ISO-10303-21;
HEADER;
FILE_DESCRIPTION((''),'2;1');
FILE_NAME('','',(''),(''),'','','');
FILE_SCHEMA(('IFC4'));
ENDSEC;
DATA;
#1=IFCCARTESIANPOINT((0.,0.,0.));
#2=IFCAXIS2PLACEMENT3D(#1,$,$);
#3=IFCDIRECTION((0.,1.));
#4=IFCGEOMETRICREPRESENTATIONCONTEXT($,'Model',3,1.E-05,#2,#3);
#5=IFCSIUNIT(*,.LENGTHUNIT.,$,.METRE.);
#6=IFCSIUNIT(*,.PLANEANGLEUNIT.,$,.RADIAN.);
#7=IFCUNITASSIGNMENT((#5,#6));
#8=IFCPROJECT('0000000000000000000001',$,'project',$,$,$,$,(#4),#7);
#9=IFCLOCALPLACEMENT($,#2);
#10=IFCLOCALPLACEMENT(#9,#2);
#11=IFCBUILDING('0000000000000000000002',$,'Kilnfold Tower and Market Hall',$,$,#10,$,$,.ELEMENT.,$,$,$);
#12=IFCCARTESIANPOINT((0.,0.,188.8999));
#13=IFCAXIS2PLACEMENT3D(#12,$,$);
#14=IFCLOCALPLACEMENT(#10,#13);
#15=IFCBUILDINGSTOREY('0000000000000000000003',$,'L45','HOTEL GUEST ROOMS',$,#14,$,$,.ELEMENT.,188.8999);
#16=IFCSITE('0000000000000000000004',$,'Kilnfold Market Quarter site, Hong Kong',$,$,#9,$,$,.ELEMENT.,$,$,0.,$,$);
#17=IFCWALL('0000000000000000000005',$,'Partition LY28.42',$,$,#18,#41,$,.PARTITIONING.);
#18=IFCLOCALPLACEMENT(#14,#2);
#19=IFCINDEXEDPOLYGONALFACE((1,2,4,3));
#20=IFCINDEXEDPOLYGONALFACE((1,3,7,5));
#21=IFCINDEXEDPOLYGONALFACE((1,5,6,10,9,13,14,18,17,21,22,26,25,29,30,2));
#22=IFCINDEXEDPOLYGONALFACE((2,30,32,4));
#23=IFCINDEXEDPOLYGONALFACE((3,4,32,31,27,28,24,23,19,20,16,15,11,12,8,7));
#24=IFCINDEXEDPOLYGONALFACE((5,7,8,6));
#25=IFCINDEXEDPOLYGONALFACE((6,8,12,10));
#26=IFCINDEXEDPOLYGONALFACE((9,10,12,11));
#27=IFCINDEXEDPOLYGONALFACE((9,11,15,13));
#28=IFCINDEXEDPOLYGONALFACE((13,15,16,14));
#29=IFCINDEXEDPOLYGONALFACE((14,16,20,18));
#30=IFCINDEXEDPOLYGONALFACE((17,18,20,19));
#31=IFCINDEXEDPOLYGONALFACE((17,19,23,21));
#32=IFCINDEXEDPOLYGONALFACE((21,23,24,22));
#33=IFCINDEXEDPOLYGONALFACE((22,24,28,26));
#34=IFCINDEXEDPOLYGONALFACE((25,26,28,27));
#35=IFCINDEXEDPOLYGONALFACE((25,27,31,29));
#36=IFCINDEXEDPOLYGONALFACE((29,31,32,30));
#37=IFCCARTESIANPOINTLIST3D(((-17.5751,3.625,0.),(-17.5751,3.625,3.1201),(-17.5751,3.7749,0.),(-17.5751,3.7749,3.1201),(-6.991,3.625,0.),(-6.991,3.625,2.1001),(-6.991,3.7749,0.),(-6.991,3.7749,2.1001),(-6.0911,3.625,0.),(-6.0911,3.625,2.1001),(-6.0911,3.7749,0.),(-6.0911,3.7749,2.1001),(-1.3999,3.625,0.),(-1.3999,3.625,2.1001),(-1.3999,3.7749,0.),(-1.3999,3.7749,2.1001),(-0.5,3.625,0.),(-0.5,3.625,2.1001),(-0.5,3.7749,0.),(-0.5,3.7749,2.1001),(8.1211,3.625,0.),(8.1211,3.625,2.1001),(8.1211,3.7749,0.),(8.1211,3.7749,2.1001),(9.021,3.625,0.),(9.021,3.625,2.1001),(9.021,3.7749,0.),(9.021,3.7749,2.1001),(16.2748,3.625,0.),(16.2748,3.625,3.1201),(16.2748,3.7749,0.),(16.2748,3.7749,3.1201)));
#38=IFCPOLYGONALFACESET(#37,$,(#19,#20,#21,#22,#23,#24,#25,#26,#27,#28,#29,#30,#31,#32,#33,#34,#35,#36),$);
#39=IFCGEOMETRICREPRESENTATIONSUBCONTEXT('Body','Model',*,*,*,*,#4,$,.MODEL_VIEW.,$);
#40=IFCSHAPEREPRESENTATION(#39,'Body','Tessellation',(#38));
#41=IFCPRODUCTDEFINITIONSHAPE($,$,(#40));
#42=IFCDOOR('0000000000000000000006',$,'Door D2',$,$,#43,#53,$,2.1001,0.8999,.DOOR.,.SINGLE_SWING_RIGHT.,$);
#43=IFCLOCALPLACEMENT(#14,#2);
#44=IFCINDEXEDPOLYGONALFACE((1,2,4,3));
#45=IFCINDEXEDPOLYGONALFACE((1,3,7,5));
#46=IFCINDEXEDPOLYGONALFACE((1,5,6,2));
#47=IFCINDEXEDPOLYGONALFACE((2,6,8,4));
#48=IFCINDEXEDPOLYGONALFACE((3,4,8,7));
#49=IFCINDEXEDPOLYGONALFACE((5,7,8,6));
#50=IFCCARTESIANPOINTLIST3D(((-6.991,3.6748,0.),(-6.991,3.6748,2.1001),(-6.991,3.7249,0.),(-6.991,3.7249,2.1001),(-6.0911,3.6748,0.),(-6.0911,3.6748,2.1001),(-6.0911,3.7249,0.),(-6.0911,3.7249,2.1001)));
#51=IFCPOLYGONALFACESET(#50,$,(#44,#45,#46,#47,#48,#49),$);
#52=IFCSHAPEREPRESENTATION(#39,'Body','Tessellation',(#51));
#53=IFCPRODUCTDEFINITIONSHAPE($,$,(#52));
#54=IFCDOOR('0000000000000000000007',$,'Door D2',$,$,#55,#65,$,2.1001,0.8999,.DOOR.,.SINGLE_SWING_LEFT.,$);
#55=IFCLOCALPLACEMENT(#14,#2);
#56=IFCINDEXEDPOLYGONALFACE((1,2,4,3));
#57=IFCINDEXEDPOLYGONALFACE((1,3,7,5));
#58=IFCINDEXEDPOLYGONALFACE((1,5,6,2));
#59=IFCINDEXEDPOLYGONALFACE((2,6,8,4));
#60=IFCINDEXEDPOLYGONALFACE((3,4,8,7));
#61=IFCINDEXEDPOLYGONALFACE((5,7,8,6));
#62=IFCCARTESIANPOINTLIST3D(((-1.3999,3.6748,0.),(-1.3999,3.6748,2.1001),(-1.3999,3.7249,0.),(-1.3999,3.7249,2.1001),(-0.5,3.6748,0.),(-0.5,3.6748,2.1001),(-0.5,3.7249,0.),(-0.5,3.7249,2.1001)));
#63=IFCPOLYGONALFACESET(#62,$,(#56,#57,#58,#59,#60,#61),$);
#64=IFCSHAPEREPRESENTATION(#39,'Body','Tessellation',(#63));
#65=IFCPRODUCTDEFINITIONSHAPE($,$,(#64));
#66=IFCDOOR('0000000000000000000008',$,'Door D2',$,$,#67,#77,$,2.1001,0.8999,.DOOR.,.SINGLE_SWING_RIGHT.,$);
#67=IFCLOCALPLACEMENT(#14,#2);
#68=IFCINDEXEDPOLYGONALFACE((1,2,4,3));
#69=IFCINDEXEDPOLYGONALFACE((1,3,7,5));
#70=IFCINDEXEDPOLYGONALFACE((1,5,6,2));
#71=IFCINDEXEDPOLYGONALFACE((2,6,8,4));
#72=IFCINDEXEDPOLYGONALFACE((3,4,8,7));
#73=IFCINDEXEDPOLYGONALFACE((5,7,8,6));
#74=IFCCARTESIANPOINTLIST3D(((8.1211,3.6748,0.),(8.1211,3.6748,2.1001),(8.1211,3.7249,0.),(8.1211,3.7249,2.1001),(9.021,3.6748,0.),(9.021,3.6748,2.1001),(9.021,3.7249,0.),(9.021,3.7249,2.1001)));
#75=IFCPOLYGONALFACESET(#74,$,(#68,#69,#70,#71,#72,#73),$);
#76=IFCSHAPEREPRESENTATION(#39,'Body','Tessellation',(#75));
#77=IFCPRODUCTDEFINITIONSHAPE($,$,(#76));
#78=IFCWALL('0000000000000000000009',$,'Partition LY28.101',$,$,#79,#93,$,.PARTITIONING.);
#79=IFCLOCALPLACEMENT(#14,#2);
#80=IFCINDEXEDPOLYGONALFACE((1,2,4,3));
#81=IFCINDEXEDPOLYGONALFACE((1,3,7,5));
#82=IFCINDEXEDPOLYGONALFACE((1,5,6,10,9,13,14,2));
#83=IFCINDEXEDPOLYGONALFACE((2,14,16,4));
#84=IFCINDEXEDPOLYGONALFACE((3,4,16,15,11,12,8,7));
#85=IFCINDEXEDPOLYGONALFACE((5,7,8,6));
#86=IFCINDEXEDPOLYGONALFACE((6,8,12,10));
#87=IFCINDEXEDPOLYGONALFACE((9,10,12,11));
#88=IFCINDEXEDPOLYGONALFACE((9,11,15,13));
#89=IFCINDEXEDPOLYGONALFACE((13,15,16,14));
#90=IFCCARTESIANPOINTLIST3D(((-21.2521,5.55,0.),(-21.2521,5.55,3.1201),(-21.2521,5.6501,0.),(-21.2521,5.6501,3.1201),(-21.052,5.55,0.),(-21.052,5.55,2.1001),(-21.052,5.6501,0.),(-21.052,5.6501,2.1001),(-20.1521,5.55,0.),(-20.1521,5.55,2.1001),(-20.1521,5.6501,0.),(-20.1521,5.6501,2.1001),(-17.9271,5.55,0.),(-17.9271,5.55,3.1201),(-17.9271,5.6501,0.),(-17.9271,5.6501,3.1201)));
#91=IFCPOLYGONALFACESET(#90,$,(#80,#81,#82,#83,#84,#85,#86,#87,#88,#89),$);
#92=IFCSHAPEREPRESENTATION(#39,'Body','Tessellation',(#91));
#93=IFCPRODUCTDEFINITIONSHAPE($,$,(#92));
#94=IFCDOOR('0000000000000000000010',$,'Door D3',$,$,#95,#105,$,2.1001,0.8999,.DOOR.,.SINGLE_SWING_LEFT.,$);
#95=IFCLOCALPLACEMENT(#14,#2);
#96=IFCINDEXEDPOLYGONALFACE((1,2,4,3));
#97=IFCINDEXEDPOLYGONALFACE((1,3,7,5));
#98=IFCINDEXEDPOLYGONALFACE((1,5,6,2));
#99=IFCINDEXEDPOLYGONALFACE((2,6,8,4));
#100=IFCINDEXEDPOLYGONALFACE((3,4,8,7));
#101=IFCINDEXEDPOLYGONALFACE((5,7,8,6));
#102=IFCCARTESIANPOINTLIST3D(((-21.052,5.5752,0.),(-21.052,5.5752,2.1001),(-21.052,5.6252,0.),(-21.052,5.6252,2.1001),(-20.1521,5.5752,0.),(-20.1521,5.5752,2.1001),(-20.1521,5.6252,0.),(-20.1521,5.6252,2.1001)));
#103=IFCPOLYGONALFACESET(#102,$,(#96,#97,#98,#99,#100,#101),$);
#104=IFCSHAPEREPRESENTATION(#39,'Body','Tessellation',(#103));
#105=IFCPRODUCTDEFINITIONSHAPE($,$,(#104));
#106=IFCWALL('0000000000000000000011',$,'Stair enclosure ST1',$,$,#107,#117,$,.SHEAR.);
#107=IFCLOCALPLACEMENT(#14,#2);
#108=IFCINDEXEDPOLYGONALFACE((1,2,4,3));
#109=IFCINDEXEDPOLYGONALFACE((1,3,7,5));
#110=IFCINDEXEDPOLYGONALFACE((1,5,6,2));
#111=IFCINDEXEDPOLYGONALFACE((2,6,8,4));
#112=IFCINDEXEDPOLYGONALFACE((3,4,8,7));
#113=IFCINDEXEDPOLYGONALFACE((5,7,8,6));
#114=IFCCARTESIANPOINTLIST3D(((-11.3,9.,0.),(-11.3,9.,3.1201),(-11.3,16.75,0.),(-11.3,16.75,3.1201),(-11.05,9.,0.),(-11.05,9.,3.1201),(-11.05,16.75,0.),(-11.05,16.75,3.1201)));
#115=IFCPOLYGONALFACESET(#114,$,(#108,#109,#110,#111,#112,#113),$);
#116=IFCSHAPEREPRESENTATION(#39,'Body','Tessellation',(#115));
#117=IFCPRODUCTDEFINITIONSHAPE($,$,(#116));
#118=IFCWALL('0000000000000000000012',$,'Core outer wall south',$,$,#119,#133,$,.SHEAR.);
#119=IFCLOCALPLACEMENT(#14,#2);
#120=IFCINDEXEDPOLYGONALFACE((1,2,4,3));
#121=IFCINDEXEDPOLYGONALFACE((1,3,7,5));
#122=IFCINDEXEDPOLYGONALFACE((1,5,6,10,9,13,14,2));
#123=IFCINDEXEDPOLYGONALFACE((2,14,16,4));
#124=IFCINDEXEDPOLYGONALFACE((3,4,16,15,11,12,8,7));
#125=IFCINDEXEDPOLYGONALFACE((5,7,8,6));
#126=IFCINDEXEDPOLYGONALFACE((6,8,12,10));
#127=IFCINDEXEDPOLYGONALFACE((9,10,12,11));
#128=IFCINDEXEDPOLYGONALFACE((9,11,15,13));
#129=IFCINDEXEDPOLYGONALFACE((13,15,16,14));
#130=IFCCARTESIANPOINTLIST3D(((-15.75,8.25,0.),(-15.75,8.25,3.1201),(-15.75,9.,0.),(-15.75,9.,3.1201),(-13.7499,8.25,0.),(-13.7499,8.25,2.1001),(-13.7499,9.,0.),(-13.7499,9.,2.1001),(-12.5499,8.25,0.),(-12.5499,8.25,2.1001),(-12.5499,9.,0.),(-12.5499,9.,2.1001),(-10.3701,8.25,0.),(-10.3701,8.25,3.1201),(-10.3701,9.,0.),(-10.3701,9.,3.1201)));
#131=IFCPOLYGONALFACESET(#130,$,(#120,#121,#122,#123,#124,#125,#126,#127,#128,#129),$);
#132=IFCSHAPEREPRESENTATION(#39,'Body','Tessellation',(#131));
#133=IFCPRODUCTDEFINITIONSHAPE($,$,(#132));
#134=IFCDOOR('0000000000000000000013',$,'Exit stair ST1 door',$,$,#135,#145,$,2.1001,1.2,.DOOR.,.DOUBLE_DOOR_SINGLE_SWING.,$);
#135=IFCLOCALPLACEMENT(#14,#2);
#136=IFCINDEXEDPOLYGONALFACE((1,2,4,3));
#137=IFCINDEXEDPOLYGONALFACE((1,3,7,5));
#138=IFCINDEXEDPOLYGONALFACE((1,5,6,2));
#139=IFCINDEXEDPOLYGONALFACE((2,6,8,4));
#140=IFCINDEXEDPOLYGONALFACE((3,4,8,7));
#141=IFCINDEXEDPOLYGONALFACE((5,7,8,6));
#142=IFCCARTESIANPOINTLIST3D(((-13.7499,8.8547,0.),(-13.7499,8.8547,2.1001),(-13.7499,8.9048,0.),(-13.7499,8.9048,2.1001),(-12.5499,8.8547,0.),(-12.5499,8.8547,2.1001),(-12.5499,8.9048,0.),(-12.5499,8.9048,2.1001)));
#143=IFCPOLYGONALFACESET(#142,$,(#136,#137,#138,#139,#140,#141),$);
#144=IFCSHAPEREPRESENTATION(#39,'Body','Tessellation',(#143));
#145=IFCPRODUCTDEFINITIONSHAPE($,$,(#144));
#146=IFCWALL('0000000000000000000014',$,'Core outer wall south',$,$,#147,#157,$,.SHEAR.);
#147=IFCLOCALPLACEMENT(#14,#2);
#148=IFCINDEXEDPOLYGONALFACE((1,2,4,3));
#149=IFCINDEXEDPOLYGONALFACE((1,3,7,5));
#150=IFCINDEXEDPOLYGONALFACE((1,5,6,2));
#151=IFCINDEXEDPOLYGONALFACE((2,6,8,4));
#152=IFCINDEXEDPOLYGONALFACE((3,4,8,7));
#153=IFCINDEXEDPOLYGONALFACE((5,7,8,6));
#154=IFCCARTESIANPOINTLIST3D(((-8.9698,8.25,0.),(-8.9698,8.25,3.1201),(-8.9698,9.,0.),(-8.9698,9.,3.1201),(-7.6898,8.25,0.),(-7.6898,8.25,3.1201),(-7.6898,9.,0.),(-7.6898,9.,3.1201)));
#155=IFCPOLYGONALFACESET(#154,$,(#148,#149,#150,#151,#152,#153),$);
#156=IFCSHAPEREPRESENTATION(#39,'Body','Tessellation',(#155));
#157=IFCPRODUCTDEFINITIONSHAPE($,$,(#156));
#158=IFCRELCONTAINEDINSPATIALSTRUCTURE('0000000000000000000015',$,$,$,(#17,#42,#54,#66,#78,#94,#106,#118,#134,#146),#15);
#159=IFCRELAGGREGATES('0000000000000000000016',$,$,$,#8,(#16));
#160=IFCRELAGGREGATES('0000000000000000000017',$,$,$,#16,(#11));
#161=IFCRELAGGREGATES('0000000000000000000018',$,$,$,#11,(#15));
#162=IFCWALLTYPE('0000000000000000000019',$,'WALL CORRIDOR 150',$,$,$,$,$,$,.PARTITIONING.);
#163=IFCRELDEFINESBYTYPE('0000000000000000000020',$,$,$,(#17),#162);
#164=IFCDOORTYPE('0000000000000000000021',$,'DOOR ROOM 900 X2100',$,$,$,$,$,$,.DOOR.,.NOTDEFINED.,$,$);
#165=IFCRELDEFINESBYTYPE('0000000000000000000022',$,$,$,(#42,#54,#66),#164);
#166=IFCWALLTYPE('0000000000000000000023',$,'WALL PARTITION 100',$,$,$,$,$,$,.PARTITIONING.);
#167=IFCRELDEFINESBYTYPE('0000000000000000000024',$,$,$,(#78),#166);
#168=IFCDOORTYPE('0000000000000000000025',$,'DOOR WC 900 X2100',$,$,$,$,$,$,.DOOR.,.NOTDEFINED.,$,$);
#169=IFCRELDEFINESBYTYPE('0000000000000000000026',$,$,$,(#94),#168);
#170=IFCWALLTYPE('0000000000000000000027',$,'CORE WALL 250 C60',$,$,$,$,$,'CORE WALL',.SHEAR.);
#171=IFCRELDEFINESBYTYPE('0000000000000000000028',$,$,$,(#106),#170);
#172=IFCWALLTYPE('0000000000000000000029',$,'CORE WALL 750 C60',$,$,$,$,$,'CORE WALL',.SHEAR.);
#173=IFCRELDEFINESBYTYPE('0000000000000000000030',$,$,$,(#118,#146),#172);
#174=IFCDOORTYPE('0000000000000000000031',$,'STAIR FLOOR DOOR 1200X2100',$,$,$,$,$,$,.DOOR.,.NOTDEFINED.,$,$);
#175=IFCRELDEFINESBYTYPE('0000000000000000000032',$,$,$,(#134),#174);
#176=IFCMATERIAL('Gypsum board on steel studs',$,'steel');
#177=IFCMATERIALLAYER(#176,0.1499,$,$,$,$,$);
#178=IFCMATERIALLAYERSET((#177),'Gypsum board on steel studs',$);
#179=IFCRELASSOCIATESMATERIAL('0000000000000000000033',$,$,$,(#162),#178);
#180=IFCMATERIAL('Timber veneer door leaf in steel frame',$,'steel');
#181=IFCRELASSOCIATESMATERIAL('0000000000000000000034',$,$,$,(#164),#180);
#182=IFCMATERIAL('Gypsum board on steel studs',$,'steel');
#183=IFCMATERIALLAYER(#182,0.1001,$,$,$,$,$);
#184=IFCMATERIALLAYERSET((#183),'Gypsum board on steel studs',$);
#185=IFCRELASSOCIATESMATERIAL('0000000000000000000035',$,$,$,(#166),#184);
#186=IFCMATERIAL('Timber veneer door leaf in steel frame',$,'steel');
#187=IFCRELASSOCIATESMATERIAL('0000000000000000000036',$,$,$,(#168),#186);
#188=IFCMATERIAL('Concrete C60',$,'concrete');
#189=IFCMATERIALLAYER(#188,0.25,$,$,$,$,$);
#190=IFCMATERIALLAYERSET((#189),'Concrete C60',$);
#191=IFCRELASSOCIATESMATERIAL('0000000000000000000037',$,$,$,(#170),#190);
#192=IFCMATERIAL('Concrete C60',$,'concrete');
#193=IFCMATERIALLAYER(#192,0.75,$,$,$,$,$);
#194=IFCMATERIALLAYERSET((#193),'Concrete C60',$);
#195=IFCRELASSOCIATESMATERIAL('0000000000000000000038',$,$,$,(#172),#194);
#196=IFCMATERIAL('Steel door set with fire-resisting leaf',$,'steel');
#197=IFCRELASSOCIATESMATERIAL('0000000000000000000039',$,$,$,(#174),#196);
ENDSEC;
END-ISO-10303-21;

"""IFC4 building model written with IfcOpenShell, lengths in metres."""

from ifc_helpers import new_model, si_unit, direction, frame, frame_2d, origin, place, context, subcontext, project, spatial, rectangle, extrude, source, transform, mapped, material, layer, layer_set, type_object, element, fill, save


model = new_model("IFC4")

# Units and contexts
model_context = context("Model", 3, precision=1e-05, world=origin(), true_north=direction((0.0, 1.0)))
body_context = subcontext(model_context, "Body", "Model", "MODEL_VIEW")
ifc_project = project(units=[si_unit("LENGTHUNIT", "METRE"), si_unit("PLANEANGLEUNIT", "RADIAN")], contexts=[model_context])

# Site, building, storey
site_placement = place(None, origin())
site = spatial("IfcSite", under=ifc_project, at=site_placement, Name="Kilnfold Market Quarter site, Hong Kong", CompositionType="ELEMENT", RefElevation=0.0)
building_placement = place(site_placement, origin())
building = spatial("IfcBuilding", under=site, at=building_placement, Name="Kilnfold Tower and Market Hall", CompositionType="ELEMENT")
storey_placement = place(building_placement, frame((0.0, 0.0, 188.8999)))
storey = spatial("IfcBuildingStorey", under=building, at=storey_placement, Name="L45", Description="HOTEL GUEST ROOMS", CompositionType="ELEMENT", Elevation=188.8999)

# Shared definitions
ifc_material_1 = material(Name="Gypsum board on steel studs", Category="steel")
ifc_layer_1 = layer(ifc_material_1, 0.1499)
ifc_layer_set_1 = layer_set([ifc_layer_1], Name="Gypsum board on steel studs")
wall_type_1 = type_object("IfcWallType", Name="WALL CORRIDOR 150", PredefinedType="PARTITIONING", material=ifc_layer_set_1)

# Wall, openings, doors
wall_1_placement = place(storey_placement, frame((-17.575, 3.7, 0.0), z_axis=(0.0, 0.0, 1.0), x_axis=(1.0, 0.0, 0.0)))
wall_1 = element("IfcWall", 1, at=wall_1_placement, inside=storey, type_object=wall_type_1, Name="Partition LY28.42", PredefinedType="PARTITIONING", context=body_context, shape_type="SweptSolid", body=[
    extrude(rectangle(XDim=33.8499, YDim=0.1499, at=frame_2d((16.9248, 0.0))), origin(), (0.0, 0.0, 1.0), 3.1201),
])
opening_1_placement = place(wall_1_placement, frame((10.584, 0.0, 0.0)))
opening_1 = element("IfcOpeningElement", 2, at=opening_1_placement, cuts=wall_1, PredefinedType="OPENING", context=body_context, shape_type="SweptSolid", body=[
    extrude(rectangle(XDim=0.8999, YDim=2.1001, at=frame_2d((0.45, 1.05))), frame((0.0, 0.085, 0.0), z_axis=(0.0, -1.0, 0.0), x_axis=(1.0, 0.0, 0.0)), (0.0, 0.0, 1.0), 0.1699),
])
opening_2_placement = place(wall_1_placement, frame((16.175, 0.0, 0.0)))
opening_2 = element("IfcOpeningElement", 3, at=opening_2_placement, cuts=wall_1, PredefinedType="OPENING", context=body_context, shape_type="SweptSolid", body=[
    extrude(rectangle(XDim=0.8999, YDim=2.1001, at=frame_2d((0.45, 1.05))), frame((0.0, 0.085, 0.0), z_axis=(0.0, -1.0, 0.0), x_axis=(1.0, 0.0, 0.0)), (0.0, 0.0, 1.0), 0.1699),
])
opening_3_placement = place(wall_1_placement, frame((25.696, 0.0, 0.0)))
opening_3 = element("IfcOpeningElement", 4, at=opening_3_placement, cuts=wall_1, PredefinedType="OPENING", context=body_context, shape_type="SweptSolid", body=[
    extrude(rectangle(XDim=0.8999, YDim=2.1001, at=frame_2d((0.45, 1.05))), frame((0.0, 0.085, 0.0), z_axis=(0.0, -1.0, 0.0), x_axis=(1.0, 0.0, 0.0)), (0.0, 0.0, 1.0), 0.1699),
])
ifc_material_2 = material(Name="Timber veneer door leaf in steel frame", Category="steel")
door_type_1 = type_object("IfcDoorType", Name="DOOR ROOM 900 X2100", OperationType="NOTDEFINED", PredefinedType="DOOR", material=ifc_material_2)
door_1_placement = place(opening_1_placement, origin())
door_1 = element("IfcDoor", 5, at=door_1_placement, inside=storey, type_object=door_type_1, Name="Door D2", OperationType="SINGLE_SWING_RIGHT", OverallHeight=2.1001, OverallWidth=0.8999, PredefinedType="DOOR", context=body_context, shape_type="SweptSolid", body=[
    extrude(rectangle(XDim=0.8999, YDim=2.1001, at=frame_2d((0.45, 1.05))), frame((0.0, 0.0249, 0.0), z_axis=(0.0, -1.0, 0.0), x_axis=(1.0, 0.0, 0.0)), (0.0, 0.0, 1.0), 0.05),
])
fill(opening_1, door_1)
door_2_placement = place(opening_2_placement, origin())
door_2 = element("IfcDoor", 6, at=door_2_placement, inside=storey, type_object=door_type_1, Name="Door D2", OperationType="SINGLE_SWING_LEFT", OverallHeight=2.1001, OverallWidth=0.8999, PredefinedType="DOOR", context=body_context, shape_type="SweptSolid", body=[
    extrude(rectangle(XDim=0.8999, YDim=2.1001, at=frame_2d((0.45, 1.05))), frame((0.0, 0.0249, 0.0), z_axis=(0.0, -1.0, 0.0), x_axis=(1.0, 0.0, 0.0)), (0.0, 0.0, 1.0), 0.05),
])
fill(opening_2, door_2)
door_3_placement = place(opening_3_placement, origin())
door_3 = element("IfcDoor", 7, at=door_3_placement, inside=storey, type_object=door_type_1, Name="Door D2", OperationType="SINGLE_SWING_RIGHT", OverallHeight=2.1001, OverallWidth=0.8999, PredefinedType="DOOR", context=body_context, shape_type="SweptSolid", body=[
    extrude(rectangle(XDim=0.8999, YDim=2.1001, at=frame_2d((0.45, 1.05))), frame((0.0, 0.0249, 0.0), z_axis=(0.0, -1.0, 0.0), x_axis=(1.0, 0.0, 0.0)), (0.0, 0.0, 1.0), 0.05),
])
fill(opening_3, door_3)

# Wall, opening, door
ifc_material_3 = material(Name="Gypsum board on steel studs", Category="steel")
ifc_layer_2 = layer(ifc_material_3, 0.1001)
ifc_layer_set_2 = layer_set([ifc_layer_2], Name="Gypsum board on steel studs")
wall_type_2 = type_object("IfcWallType", Name="WALL PARTITION 100", PredefinedType="PARTITIONING", material=ifc_layer_set_2)
wall_2_placement = place(storey_placement, frame((-17.927, 5.6001, 0.0), z_axis=(0.0, 0.0, 1.0), x_axis=(-1.0, 0.0, 0.0)))
wall_2 = element("IfcWall", 8, at=wall_2_placement, inside=storey, type_object=wall_type_2, Name="Partition LY28.101", PredefinedType="PARTITIONING", context=body_context, shape_type="SweptSolid", body=[
    extrude(rectangle(XDim=3.325, YDim=0.1001, at=frame_2d((1.6626, 0.0))), origin(), (0.0, 0.0, 1.0), 3.1201),
])
opening_4_placement = place(wall_2_placement, frame((2.2251, 0.0, 0.0)))
opening_4 = element("IfcOpeningElement", 9, at=opening_4_placement, cuts=wall_2, PredefinedType="OPENING", context=body_context, shape_type="SweptSolid", body=[
    extrude(rectangle(XDim=0.8999, YDim=2.1001, at=frame_2d((0.45, 1.05))), frame((0.0, 0.0601, 0.0), z_axis=(0.0, -1.0, 0.0), x_axis=(1.0, 0.0, 0.0)), (0.0, 0.0, 1.0), 0.1201),
])
ifc_material_4 = material(Name="Timber veneer door leaf in steel frame", Category="steel")
door_type_2 = type_object("IfcDoorType", Name="DOOR WC 900 X2100", OperationType="NOTDEFINED", PredefinedType="DOOR", material=ifc_material_4)
door_4_placement = place(opening_4_placement, origin())
door_4 = element("IfcDoor", 10, at=door_4_placement, inside=storey, type_object=door_type_2, Name="Door D3", OperationType="SINGLE_SWING_LEFT", OverallHeight=2.1001, OverallWidth=0.8999, PredefinedType="DOOR", context=body_context, shape_type="SweptSolid", body=[
    extrude(rectangle(XDim=0.8999, YDim=2.1001, at=frame_2d((0.45, 1.05))), frame((0.0, 0.0249, 0.0), z_axis=(0.0, -1.0, 0.0), x_axis=(1.0, 0.0, 0.0)), (0.0, 0.0, 1.0), 0.05),
])
fill(opening_4, door_4)

# Wall
ifc_material_5 = material(Name="Concrete C60", Category="concrete")
ifc_layer_3 = layer(ifc_material_5, 0.25)
ifc_layer_set_3 = layer_set([ifc_layer_3], Name="Concrete C60")
wall_type_3 = type_object("IfcWallType", Name="CORE WALL 250 C60", ElementType="CORE WALL", PredefinedType="SHEAR", material=ifc_layer_set_3)
shared_shape_1 = source(origin(), body_context, "Body", "SweptSolid", [
    extrude(rectangle(XDim=7.75, YDim=0.25, at=frame_2d((3.875, 0.0))), origin(), (0.0, 0.0, 1.0), 3.1201),
])
wall_3_placement = place(storey_placement, frame((-11.175, 9.0, 0.0), z_axis=(0.0, 0.0, 1.0), x_axis=(0.0, 1.0, 0.0)))
element("IfcWall", 11, at=wall_3_placement, inside=storey, type_object=wall_type_3, Name="Stair enclosure ST1", PredefinedType="SHEAR", context=body_context, shape_type="MappedRepresentation", body=[
    mapped(shared_shape_1, transform((0.0, 0.0, 0.0))),
])

# Wall, opening, door
ifc_material_6 = material(Name="Concrete C60", Category="concrete")
ifc_layer_4 = layer(ifc_material_6, 0.75)
ifc_layer_set_4 = layer_set([ifc_layer_4], Name="Concrete C60")
wall_type_4 = type_object("IfcWallType", Name="CORE WALL 750 C60", ElementType="CORE WALL", PredefinedType="SHEAR", material=ifc_layer_set_4)
shared_shape_2 = source(origin(), body_context, "Body", "SweptSolid", [
    extrude(rectangle(XDim=5.3799, YDim=0.75, at=frame_2d((2.6899, 0.0))), origin(), (0.0, 0.0, 1.0), 3.1201),
])
wall_4_placement = place(storey_placement, frame((-15.75, 8.625, 0.0), z_axis=(0.0, 0.0, 1.0), x_axis=(1.0, 0.0, 0.0)))
wall_4 = element("IfcWall", 12, at=wall_4_placement, inside=storey, type_object=wall_type_4, Name="Core outer wall south", PredefinedType="SHEAR", context=body_context, shape_type="MappedRepresentation", body=[
    mapped(shared_shape_2, transform((0.0, 0.0, 0.0))),
])
opening_5_placement = place(wall_4_placement, frame((2.0, 0.0, 0.0)))
opening_5 = element("IfcOpeningElement", 13, at=opening_5_placement, cuts=wall_4, PredefinedType="OPENING", context=body_context, shape_type="SweptSolid", body=[
    extrude(rectangle(XDim=1.2, YDim=2.1001, at=frame_2d((0.6001, 1.05))), frame((0.0, 0.385, 0.0), z_axis=(0.0, -1.0, 0.0), x_axis=(1.0, 0.0, 0.0)), (0.0, 0.0, 1.0), 0.77),
])
ifc_material_7 = material(Name="Steel door set with fire-resisting leaf", Category="steel")
door_type_3 = type_object("IfcDoorType", Name="STAIR FLOOR DOOR 1200X2100", OperationType="NOTDEFINED", PredefinedType="DOOR", material=ifc_material_7)
door_5_placement = place(opening_5_placement, origin())
door_5 = element("IfcDoor", 14, at=door_5_placement, inside=storey, type_object=door_type_3, Name="Exit stair ST1 door", OperationType="DOUBLE_DOOR_SINGLE_SWING", OverallHeight=2.1001, OverallWidth=1.2, PredefinedType="DOOR", context=body_context, shape_type="SweptSolid", body=[
    extrude(rectangle(XDim=1.2, YDim=2.1001, at=frame_2d((0.6001, 1.05))), frame((0.0, 0.2798, 0.0), z_axis=(0.0, -1.0, 0.0), x_axis=(1.0, 0.0, 0.0)), (0.0, 0.0, 1.0), 0.05),
])
fill(opening_5, door_5)

# Wall
shared_shape_3 = source(origin(), body_context, "Body", "SweptSolid", [
    extrude(rectangle(XDim=1.28, YDim=0.75, at=frame_2d((0.6401, 0.0))), origin(), (0.0, 0.0, 1.0), 3.1201),
])
wall_5_placement = place(storey_placement, frame((-8.97, 8.625, 0.0), z_axis=(0.0, 0.0, 1.0), x_axis=(1.0, 0.0, 0.0)))
element("IfcWall", 15, at=wall_5_placement, inside=storey, type_object=wall_type_4, Name="Core outer wall south", PredefinedType="SHEAR", context=body_context, shape_type="MappedRepresentation", body=[
    mapped(shared_shape_3, transform((0.0, 0.0, 0.0))),
])

save(model, "model.ifc")
